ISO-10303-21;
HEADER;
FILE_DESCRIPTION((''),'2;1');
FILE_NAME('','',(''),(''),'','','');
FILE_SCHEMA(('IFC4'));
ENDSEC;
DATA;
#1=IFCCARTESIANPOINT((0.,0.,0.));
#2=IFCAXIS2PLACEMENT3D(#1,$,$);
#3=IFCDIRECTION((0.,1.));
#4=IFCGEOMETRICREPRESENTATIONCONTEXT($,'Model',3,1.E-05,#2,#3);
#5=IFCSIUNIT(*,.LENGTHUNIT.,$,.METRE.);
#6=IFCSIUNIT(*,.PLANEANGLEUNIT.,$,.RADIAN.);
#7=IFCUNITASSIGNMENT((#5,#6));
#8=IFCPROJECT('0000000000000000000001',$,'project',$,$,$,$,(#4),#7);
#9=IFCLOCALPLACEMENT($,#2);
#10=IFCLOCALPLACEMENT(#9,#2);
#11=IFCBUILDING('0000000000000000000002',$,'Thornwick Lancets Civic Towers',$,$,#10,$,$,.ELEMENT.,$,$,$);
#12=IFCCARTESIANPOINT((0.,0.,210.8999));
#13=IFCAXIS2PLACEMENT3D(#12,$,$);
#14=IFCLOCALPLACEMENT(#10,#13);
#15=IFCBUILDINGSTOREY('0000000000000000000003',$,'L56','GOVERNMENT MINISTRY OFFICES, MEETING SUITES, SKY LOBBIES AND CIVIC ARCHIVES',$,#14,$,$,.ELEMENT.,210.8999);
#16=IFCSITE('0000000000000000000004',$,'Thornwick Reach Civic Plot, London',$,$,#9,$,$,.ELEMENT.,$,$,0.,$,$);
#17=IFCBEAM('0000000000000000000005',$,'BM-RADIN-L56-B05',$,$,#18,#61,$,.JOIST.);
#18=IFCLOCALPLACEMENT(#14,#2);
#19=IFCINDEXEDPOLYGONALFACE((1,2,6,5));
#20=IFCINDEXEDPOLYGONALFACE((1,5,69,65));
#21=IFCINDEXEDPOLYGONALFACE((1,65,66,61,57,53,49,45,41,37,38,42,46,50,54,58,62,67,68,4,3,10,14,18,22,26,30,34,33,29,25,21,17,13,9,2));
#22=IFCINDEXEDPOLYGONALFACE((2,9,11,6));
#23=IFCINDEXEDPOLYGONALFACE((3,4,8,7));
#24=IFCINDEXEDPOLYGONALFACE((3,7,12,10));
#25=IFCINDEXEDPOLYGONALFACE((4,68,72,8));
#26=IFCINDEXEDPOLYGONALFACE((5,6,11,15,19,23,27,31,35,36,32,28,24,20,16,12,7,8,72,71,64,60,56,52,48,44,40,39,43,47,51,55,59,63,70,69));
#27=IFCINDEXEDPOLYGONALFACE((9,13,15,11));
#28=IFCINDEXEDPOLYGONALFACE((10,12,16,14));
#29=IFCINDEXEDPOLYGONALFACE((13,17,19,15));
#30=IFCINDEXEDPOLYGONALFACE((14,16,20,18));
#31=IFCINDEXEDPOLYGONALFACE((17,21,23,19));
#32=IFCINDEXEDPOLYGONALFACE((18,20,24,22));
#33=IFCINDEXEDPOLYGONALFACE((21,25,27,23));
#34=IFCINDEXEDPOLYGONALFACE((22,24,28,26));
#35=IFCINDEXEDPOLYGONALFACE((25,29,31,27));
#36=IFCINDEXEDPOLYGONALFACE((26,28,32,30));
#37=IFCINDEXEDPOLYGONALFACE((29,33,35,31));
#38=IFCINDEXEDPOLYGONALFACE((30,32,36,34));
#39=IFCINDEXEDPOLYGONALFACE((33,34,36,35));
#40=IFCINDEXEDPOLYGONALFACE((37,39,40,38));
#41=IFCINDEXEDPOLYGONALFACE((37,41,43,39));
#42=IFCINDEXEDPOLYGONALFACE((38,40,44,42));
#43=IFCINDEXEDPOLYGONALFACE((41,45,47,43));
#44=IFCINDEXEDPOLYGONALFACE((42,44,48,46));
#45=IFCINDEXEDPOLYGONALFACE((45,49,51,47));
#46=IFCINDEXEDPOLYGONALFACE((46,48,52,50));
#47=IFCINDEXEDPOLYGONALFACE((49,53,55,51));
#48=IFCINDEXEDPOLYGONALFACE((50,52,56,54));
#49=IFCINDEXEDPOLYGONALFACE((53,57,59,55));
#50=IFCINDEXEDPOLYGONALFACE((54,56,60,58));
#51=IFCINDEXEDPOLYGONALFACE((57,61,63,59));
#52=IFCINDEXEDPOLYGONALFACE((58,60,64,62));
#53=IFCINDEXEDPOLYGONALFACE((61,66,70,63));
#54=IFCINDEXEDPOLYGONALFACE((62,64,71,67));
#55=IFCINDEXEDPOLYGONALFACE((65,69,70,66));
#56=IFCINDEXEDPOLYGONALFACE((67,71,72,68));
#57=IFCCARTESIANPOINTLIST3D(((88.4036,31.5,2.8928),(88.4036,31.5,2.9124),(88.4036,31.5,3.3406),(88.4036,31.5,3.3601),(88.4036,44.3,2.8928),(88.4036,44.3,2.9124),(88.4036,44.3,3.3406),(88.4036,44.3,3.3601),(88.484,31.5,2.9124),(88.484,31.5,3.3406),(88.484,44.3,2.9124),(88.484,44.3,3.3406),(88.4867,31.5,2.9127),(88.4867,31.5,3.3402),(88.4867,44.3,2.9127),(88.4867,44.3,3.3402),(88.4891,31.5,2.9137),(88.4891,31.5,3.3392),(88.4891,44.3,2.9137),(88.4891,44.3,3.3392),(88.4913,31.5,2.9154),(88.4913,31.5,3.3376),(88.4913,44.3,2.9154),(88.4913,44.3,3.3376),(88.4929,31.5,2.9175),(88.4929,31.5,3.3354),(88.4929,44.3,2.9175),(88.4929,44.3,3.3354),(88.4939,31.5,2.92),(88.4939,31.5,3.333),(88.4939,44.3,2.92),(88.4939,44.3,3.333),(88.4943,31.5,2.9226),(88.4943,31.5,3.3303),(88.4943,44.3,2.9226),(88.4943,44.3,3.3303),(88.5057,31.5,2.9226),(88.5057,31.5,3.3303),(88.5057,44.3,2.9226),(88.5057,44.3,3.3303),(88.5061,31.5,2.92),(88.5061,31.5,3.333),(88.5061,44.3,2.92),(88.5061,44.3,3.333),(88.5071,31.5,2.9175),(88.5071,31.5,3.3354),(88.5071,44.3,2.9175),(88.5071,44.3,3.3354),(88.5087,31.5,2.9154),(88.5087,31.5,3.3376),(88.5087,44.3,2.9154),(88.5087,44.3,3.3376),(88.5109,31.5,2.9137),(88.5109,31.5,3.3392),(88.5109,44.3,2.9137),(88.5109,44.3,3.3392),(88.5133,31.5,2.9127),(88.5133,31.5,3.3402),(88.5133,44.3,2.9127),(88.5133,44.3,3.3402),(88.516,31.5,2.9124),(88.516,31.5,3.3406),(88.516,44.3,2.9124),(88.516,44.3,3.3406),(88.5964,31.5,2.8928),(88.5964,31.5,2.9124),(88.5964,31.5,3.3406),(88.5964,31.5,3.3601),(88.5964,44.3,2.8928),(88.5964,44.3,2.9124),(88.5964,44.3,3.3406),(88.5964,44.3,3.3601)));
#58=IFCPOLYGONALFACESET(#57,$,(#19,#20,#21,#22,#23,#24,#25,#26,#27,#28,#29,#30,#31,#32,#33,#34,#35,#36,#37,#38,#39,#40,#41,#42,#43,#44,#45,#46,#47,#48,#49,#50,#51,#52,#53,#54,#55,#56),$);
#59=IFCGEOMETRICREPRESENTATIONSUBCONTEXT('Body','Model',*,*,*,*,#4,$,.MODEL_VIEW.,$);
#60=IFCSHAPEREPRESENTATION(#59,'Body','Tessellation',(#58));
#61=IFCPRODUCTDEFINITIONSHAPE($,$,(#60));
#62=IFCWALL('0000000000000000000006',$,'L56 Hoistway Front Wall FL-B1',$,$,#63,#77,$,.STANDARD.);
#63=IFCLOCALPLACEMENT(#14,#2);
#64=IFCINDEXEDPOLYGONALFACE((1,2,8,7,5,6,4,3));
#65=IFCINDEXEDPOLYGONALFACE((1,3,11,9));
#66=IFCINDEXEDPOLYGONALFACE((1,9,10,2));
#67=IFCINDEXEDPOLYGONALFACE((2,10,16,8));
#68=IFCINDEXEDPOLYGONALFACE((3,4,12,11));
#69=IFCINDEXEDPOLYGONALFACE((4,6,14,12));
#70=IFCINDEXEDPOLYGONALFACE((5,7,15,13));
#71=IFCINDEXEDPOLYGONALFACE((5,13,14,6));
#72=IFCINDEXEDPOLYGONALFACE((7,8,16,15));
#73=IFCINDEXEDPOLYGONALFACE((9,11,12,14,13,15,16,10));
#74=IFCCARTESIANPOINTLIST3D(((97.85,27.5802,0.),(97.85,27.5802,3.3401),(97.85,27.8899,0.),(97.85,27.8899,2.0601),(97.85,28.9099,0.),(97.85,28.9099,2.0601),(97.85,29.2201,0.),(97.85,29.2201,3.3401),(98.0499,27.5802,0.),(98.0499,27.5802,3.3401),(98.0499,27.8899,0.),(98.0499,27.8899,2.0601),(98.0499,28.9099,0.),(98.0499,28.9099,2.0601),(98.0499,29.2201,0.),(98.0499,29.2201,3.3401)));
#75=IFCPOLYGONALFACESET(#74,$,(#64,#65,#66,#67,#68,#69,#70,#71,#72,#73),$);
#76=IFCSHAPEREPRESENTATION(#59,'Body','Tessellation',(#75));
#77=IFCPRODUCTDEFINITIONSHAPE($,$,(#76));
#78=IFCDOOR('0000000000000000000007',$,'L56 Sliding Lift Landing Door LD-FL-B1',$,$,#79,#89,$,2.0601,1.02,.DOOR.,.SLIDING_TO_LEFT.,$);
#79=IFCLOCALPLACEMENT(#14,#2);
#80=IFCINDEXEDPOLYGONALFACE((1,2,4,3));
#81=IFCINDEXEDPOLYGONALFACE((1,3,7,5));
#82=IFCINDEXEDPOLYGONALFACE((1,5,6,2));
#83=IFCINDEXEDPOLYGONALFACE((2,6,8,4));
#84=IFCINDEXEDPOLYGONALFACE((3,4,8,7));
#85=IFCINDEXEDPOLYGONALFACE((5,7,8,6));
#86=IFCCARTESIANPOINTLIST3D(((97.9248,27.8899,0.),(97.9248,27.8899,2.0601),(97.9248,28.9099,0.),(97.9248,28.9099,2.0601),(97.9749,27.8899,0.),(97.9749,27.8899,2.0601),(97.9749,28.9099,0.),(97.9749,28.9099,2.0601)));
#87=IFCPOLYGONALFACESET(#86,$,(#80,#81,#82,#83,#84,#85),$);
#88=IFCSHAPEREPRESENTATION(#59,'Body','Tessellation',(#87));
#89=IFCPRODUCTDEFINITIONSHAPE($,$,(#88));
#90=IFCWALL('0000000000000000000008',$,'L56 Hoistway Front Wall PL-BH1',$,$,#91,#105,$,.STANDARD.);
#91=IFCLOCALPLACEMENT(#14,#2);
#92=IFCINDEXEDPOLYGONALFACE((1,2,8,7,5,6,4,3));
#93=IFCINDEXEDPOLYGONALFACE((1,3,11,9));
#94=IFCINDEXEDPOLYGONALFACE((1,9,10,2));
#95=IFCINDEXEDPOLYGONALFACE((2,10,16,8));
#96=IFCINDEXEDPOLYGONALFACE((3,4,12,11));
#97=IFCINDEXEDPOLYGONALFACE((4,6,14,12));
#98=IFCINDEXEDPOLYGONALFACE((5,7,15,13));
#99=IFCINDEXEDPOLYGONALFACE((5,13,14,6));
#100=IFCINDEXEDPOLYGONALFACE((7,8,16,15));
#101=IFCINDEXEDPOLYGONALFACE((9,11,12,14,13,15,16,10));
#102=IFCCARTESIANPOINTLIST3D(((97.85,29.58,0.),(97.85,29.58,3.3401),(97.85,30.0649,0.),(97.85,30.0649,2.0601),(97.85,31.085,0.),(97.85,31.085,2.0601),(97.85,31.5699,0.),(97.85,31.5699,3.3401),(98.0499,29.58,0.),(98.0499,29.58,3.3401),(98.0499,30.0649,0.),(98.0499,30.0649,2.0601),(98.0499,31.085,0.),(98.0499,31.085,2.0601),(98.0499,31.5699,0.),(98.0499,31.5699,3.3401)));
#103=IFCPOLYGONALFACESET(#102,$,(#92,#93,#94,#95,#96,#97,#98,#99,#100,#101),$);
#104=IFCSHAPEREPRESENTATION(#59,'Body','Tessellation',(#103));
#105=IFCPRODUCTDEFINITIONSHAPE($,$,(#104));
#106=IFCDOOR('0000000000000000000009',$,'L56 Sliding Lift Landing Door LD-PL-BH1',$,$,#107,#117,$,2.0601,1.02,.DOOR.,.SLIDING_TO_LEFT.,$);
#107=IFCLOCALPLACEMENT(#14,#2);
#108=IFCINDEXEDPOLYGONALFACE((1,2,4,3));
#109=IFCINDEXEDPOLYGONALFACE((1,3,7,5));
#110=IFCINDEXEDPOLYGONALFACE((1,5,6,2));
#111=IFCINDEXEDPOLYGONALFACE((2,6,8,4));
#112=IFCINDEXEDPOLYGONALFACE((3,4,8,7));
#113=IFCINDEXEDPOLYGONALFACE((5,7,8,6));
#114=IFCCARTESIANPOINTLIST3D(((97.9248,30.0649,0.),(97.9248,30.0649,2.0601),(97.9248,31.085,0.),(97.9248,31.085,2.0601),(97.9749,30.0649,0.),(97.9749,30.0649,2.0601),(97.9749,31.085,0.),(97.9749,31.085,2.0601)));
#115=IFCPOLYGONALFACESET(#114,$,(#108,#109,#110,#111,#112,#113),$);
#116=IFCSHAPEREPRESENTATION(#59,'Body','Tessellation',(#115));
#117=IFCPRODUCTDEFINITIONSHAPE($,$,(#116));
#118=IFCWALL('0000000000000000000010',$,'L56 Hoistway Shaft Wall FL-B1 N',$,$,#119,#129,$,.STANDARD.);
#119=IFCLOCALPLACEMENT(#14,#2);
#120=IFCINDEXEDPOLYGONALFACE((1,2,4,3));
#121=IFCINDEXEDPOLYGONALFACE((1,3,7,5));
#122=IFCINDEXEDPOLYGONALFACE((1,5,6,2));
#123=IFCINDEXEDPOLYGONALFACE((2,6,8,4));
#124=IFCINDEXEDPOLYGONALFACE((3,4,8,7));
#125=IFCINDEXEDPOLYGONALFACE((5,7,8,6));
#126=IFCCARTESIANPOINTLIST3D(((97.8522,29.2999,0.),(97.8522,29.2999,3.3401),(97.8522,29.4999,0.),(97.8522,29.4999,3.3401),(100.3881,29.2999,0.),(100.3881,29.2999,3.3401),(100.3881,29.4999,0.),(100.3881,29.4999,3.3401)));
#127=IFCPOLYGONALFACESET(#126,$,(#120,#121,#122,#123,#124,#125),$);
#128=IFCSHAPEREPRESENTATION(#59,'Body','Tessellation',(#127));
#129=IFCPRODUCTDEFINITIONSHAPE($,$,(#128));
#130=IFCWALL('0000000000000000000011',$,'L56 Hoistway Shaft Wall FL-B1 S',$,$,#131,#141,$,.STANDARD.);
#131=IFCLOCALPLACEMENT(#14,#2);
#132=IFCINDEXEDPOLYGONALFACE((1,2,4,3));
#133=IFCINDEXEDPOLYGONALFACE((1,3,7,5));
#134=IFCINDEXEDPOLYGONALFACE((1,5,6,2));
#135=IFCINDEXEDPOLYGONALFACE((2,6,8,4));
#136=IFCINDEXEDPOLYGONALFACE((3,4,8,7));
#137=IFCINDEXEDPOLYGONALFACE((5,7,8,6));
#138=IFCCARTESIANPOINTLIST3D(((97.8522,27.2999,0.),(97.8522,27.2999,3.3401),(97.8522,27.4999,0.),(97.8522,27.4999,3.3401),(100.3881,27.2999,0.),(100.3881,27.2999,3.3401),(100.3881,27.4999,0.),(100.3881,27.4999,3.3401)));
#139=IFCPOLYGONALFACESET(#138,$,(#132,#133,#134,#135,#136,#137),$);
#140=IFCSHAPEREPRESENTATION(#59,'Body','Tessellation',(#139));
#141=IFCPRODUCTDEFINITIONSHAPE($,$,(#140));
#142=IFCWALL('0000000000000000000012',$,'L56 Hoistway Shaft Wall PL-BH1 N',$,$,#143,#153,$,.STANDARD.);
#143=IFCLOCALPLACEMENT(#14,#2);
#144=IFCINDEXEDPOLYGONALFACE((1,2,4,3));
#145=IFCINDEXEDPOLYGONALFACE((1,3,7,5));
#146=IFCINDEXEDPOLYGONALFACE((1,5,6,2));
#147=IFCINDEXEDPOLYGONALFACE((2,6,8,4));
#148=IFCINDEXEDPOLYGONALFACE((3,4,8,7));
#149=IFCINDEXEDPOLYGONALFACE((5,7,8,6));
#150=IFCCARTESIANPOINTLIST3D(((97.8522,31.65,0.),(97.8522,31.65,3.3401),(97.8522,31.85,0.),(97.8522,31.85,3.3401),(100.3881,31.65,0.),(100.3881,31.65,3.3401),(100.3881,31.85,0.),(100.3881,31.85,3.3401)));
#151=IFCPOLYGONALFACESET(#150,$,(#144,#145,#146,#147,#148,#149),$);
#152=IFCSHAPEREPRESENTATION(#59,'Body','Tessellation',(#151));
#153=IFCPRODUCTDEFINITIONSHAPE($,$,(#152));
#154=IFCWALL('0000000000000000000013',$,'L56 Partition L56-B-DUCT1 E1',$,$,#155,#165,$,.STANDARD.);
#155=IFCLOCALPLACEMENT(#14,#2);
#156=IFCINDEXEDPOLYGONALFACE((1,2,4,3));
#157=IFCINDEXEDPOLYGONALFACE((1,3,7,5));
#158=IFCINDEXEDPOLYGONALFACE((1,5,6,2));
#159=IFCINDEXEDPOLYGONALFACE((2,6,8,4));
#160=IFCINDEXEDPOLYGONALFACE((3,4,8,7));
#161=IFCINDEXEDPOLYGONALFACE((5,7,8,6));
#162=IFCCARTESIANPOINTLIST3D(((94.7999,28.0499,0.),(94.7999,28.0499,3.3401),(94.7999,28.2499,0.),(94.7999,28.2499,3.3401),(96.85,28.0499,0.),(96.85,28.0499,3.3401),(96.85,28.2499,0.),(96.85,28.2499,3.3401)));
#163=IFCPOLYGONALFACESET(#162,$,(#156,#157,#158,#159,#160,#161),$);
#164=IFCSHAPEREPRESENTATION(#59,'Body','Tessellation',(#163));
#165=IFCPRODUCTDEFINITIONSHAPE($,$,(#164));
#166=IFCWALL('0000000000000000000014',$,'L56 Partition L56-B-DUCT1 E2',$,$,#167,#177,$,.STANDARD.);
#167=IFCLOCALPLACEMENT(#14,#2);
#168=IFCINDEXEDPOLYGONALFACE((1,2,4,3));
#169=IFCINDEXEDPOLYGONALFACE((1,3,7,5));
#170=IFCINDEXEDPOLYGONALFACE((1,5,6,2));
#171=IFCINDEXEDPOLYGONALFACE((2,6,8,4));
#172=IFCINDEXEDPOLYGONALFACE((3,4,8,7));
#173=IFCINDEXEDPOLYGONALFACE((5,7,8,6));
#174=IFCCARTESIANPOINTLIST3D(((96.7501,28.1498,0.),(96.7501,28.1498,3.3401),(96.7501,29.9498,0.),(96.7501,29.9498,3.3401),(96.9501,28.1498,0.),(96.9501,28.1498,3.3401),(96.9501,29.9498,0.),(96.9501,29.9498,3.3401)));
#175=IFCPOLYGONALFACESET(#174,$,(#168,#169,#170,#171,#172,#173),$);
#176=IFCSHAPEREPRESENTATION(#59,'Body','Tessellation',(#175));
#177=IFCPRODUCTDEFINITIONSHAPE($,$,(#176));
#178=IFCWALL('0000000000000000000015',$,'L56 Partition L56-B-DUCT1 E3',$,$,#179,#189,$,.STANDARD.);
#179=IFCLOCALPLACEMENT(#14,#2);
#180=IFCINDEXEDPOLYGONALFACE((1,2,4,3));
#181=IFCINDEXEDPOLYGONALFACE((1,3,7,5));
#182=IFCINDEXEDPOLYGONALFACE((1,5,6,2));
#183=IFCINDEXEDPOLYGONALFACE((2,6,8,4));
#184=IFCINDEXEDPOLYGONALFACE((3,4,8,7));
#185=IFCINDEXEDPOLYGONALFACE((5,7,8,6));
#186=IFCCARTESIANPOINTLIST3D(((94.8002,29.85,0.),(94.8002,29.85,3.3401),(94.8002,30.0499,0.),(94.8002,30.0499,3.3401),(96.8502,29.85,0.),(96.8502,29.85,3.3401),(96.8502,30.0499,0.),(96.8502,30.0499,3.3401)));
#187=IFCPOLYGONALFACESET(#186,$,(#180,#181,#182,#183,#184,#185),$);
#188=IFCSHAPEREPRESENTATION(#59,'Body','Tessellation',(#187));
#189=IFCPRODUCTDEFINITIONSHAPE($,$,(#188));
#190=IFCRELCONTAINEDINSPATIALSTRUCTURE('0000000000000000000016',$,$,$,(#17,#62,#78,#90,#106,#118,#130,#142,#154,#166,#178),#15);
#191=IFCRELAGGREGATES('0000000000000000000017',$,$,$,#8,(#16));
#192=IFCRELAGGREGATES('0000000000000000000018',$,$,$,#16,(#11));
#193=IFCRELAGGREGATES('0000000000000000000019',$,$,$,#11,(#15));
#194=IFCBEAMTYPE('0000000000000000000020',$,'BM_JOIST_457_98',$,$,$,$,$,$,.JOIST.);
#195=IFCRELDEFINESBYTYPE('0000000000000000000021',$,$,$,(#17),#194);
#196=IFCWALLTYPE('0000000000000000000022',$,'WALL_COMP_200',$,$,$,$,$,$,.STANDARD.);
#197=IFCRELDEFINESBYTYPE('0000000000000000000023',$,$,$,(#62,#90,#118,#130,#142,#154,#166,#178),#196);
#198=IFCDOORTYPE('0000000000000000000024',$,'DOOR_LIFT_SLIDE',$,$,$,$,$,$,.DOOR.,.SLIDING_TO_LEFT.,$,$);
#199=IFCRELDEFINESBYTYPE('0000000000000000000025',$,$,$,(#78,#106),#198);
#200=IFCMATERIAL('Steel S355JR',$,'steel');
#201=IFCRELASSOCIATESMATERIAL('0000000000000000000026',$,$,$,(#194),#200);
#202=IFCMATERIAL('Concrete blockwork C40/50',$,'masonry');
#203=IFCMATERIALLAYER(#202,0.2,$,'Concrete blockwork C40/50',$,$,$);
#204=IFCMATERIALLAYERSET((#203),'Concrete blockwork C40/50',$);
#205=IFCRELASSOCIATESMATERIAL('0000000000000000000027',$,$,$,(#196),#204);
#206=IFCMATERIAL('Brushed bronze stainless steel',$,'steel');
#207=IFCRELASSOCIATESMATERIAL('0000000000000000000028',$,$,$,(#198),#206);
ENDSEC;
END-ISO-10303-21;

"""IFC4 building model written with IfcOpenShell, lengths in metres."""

from ifc_helpers import new_model, si_unit, direction, frame, frame_2d, origin, origin_2d, place, context, subcontext, project, spatial, rectangle, i_section, extrude, material, layer, layer_set, material_profile, profile_set, type_object, element, fill, save


model = new_model("IFC4")

# Units and contexts
model_context = context("Model", 3, precision=1e-05, world=origin(), true_north=direction((0.0, 1.0)))
body_context = subcontext(model_context, "Body", "Model", "MODEL_VIEW")
ifc_project = project(units=[si_unit("LENGTHUNIT", "METRE"), si_unit("PLANEANGLEUNIT", "RADIAN")], contexts=[model_context])

# Site, building, storey
site_placement = place(None, origin())
site = spatial("IfcSite", under=ifc_project, at=site_placement, Name="Thornwick Reach Civic Plot, London", CompositionType="ELEMENT", RefElevation=0.0)
building_placement = place(site_placement, origin())
building = spatial("IfcBuilding", under=site, at=building_placement, Name="Thornwick Lancets Civic Towers", CompositionType="ELEMENT")
storey_placement = place(building_placement, frame((0.0, 0.0, 210.8999)))
storey = spatial("IfcBuildingStorey", under=building, at=storey_placement, Name="L56", Description="GOVERNMENT MINISTRY OFFICES, MEETING SUITES, SKY LOBBIES AND CIVIC ARCHIVES", CompositionType="ELEMENT", Elevation=210.8999)

# Beam
ifc_material_1 = material(Name="Steel S355JR", Category="steel")
ifc_material_profile_1 = material_profile(ifc_material_1, i_section(OverallWidth=0.1929, OverallDepth=0.4673, WebThickness=0.0115, FlangeThickness=0.0195, FilletRadius=0.0103, at=origin_2d()), Name="UKB 457x191x98")
ifc_profile_set_1 = profile_set([ifc_material_profile_1], Name="Steel S355JR")
beam_type_1 = type_object("IfcBeamType", Name="BM_JOIST_457_98", PredefinedType="JOIST", material=ifc_profile_set_1)
beam_1_placement = place(storey_placement, frame((88.5, 31.5, 3.1265), z_axis=(0.0, 1.0, 0.0), x_axis=(-1.0, 0.0, 0.0)))
element("IfcBeam", 1, at=beam_1_placement, inside=storey, type_object=beam_type_1, Name="BM-RADIN-L56-B05", PredefinedType="JOIST", context=body_context, shape_type="SweptSolid", body=[
    extrude(i_section(OverallWidth=0.1929, OverallDepth=0.4673, WebThickness=0.0115, FlangeThickness=0.0195, FilletRadius=0.0103, at=origin_2d()), origin(), (0.0, 0.0, 1.0), 12.8),
])

# Walls, openings, doors
ifc_material_2 = material(Name="Concrete blockwork C40/50", Category="masonry")
ifc_layer_1 = layer(ifc_material_2, 0.2, Name="Concrete blockwork C40/50")
ifc_layer_set_1 = layer_set([ifc_layer_1], Name="Concrete blockwork C40/50")
wall_type_1 = type_object("IfcWallType", Name="WALL_COMP_200", PredefinedType="STANDARD", material=ifc_layer_set_1)
wall_1_placement = place(storey_placement, frame((97.95, 29.22, 0.0), z_axis=(0.0, 0.0, 1.0), x_axis=(0.0, -1.0, 0.0)))
wall_1 = element("IfcWall", 2, at=wall_1_placement, inside=storey, type_object=wall_type_1, Name="L56 Hoistway Front Wall FL-B1", PredefinedType="STANDARD", context=body_context, shape_type="SweptSolid", body=[
    extrude(rectangle(XDim=1.6399, YDim=0.2, at=frame_2d((0.8198, 0.0))), origin(), (0.0, 0.0, 1.0), 3.3401),
])
opening_1_placement = place(wall_1_placement, frame((0.3101, 0.0, 0.0)))
opening_1 = element("IfcOpeningElement", 3, at=opening_1_placement, cuts=wall_1, PredefinedType="OPENING", context=body_context, shape_type="SweptSolid", body=[
    extrude(rectangle(XDim=1.02, YDim=2.0601, at=frame_2d((0.51, 1.03))), frame((0.0, 0.1099, 0.0), z_axis=(0.0, -1.0, 0.0), x_axis=(1.0, 0.0, 0.0)), (0.0, 0.0, 1.0), 0.22),
])
ifc_material_3 = material(Name="Brushed bronze stainless steel", Category="steel")
door_type_1 = type_object("IfcDoorType", Name="DOOR_LIFT_SLIDE", OperationType="SLIDING_TO_LEFT", PredefinedType="DOOR", material=ifc_material_3)
door_1_placement = place(opening_1_placement, origin())
door_1 = element("IfcDoor", 4, at=door_1_placement, inside=storey, type_object=door_type_1, Name="L56 Sliding Lift Landing Door LD-FL-B1", OperationType="SLIDING_TO_LEFT", OverallHeight=2.0601, OverallWidth=1.02, PredefinedType="DOOR", context=body_context, shape_type="SweptSolid", body=[
    extrude(rectangle(XDim=1.02, YDim=2.0601, at=frame_2d((0.51, 1.03))), frame((0.0, 0.0249, 0.0), z_axis=(0.0, -1.0, 0.0), x_axis=(1.0, 0.0, 0.0)), (0.0, 0.0, 1.0), 0.05),
])
fill(opening_1, door_1)
wall_2_placement = place(storey_placement, frame((97.95, 31.5701, 0.0), z_axis=(0.0, 0.0, 1.0), x_axis=(0.0, -1.0, 0.0)))
wall_2 = element("IfcWall", 5, at=wall_2_placement, inside=storey, type_object=wall_type_1, Name="L56 Hoistway Front Wall PL-BH1", PredefinedType="STANDARD", context=body_context, shape_type="SweptSolid", body=[
    extrude(rectangle(XDim=1.99, YDim=0.2, at=frame_2d((0.9951, 0.0))), origin(), (0.0, 0.0, 1.0), 3.3401),
])
opening_2_placement = place(wall_2_placement, frame((0.4851, 0.0, 0.0)))
opening_2 = element("IfcOpeningElement", 6, at=opening_2_placement, cuts=wall_2, PredefinedType="OPENING", context=body_context, shape_type="SweptSolid", body=[
    extrude(rectangle(XDim=1.02, YDim=2.0601, at=frame_2d((0.51, 1.03))), frame((0.0, 0.1099, 0.0), z_axis=(0.0, -1.0, 0.0), x_axis=(1.0, 0.0, 0.0)), (0.0, 0.0, 1.0), 0.22),
])
door_2_placement = place(opening_2_placement, origin())
door_2 = element("IfcDoor", 7, at=door_2_placement, inside=storey, type_object=door_type_1, Name="L56 Sliding Lift Landing Door LD-PL-BH1", OperationType="SLIDING_TO_LEFT", OverallHeight=2.0601, OverallWidth=1.02, PredefinedType="DOOR", context=body_context, shape_type="SweptSolid", body=[
    extrude(rectangle(XDim=1.02, YDim=2.0601, at=frame_2d((0.51, 1.03))), frame((0.0, 0.0249, 0.0), z_axis=(0.0, -1.0, 0.0), x_axis=(1.0, 0.0, 0.0)), (0.0, 0.0, 1.0), 0.05),
])
fill(opening_2, door_2)

# Walls
for number, where, z_axis, x_axis, name in (
    (8, (97.8521, 29.3999, 0.0), (0.0, 0.0, 1.0), (1.0, 0.0, 0.0), "L56 Hoistway Shaft Wall FL-B1 N"),
    (9, (97.8521, 27.3999, 0.0), (0.0, 0.0, 1.0), (1.0, 0.0, 0.0), "L56 Hoistway Shaft Wall FL-B1 S"),
    (10, (97.8521, 31.75, 0.0), (0.0, 0.0, 1.0), (1.0, 0.0, 0.0), "L56 Hoistway Shaft Wall PL-BH1 N"),
):
    element("IfcWall", number, at=place(storey_placement, frame(where, z_axis=z_axis, x_axis=x_axis)), inside=storey, type_object=wall_type_1, Name=name, PredefinedType="STANDARD", context=body_context, shape_type="SweptSolid", body=[
        extrude(rectangle(XDim=2.5359, YDim=0.2, at=frame_2d((1.2681, 0.0))), origin(), (0.0, 0.0, 1.0), 3.3401),
    ])
wall_3_placement = place(storey_placement, frame((94.8, 28.1499, 0.0), z_axis=(0.0, 0.0, 1.0), x_axis=(1.0, 0.0, 0.0)))
element("IfcWall", 11, at=wall_3_placement, inside=storey, type_object=wall_type_1, Name="L56 Partition L56-B-DUCT1 E1", PredefinedType="STANDARD", context=body_context, shape_type="SweptSolid", body=[
    extrude(rectangle(XDim=2.05, YDim=0.2, at=frame_2d((1.0249, 0.0))), origin(), (0.0, 0.0, 1.0), 3.3401),
])
wall_4_placement = place(storey_placement, frame((96.8501, 28.1499, 0.0), z_axis=(0.0, 0.0, 1.0), x_axis=(0.0, 1.0, 0.0)))
element("IfcWall", 12, at=wall_4_placement, inside=storey, type_object=wall_type_1, Name="L56 Partition L56-B-DUCT1 E2", PredefinedType="STANDARD", context=body_context, shape_type="SweptSolid", body=[
    extrude(rectangle(XDim=1.8, YDim=0.2, at=frame_2d((0.8999, 0.0))), origin(), (0.0, 0.0, 1.0), 3.3401),
])
wall_5_placement = place(storey_placement, frame((96.8501, 29.95, 0.0), z_axis=(0.0, 0.0, 1.0), x_axis=(-1.0, 0.0, 0.0)))
element("IfcWall", 13, at=wall_5_placement, inside=storey, type_object=wall_type_1, Name="L56 Partition L56-B-DUCT1 E3", PredefinedType="STANDARD", context=body_context, shape_type="SweptSolid", body=[
    extrude(rectangle(XDim=2.05, YDim=0.2, at=frame_2d((1.0249, 0.0))), origin(), (0.0, 0.0, 1.0), 3.3401),
])

save(model, "model.ifc")
